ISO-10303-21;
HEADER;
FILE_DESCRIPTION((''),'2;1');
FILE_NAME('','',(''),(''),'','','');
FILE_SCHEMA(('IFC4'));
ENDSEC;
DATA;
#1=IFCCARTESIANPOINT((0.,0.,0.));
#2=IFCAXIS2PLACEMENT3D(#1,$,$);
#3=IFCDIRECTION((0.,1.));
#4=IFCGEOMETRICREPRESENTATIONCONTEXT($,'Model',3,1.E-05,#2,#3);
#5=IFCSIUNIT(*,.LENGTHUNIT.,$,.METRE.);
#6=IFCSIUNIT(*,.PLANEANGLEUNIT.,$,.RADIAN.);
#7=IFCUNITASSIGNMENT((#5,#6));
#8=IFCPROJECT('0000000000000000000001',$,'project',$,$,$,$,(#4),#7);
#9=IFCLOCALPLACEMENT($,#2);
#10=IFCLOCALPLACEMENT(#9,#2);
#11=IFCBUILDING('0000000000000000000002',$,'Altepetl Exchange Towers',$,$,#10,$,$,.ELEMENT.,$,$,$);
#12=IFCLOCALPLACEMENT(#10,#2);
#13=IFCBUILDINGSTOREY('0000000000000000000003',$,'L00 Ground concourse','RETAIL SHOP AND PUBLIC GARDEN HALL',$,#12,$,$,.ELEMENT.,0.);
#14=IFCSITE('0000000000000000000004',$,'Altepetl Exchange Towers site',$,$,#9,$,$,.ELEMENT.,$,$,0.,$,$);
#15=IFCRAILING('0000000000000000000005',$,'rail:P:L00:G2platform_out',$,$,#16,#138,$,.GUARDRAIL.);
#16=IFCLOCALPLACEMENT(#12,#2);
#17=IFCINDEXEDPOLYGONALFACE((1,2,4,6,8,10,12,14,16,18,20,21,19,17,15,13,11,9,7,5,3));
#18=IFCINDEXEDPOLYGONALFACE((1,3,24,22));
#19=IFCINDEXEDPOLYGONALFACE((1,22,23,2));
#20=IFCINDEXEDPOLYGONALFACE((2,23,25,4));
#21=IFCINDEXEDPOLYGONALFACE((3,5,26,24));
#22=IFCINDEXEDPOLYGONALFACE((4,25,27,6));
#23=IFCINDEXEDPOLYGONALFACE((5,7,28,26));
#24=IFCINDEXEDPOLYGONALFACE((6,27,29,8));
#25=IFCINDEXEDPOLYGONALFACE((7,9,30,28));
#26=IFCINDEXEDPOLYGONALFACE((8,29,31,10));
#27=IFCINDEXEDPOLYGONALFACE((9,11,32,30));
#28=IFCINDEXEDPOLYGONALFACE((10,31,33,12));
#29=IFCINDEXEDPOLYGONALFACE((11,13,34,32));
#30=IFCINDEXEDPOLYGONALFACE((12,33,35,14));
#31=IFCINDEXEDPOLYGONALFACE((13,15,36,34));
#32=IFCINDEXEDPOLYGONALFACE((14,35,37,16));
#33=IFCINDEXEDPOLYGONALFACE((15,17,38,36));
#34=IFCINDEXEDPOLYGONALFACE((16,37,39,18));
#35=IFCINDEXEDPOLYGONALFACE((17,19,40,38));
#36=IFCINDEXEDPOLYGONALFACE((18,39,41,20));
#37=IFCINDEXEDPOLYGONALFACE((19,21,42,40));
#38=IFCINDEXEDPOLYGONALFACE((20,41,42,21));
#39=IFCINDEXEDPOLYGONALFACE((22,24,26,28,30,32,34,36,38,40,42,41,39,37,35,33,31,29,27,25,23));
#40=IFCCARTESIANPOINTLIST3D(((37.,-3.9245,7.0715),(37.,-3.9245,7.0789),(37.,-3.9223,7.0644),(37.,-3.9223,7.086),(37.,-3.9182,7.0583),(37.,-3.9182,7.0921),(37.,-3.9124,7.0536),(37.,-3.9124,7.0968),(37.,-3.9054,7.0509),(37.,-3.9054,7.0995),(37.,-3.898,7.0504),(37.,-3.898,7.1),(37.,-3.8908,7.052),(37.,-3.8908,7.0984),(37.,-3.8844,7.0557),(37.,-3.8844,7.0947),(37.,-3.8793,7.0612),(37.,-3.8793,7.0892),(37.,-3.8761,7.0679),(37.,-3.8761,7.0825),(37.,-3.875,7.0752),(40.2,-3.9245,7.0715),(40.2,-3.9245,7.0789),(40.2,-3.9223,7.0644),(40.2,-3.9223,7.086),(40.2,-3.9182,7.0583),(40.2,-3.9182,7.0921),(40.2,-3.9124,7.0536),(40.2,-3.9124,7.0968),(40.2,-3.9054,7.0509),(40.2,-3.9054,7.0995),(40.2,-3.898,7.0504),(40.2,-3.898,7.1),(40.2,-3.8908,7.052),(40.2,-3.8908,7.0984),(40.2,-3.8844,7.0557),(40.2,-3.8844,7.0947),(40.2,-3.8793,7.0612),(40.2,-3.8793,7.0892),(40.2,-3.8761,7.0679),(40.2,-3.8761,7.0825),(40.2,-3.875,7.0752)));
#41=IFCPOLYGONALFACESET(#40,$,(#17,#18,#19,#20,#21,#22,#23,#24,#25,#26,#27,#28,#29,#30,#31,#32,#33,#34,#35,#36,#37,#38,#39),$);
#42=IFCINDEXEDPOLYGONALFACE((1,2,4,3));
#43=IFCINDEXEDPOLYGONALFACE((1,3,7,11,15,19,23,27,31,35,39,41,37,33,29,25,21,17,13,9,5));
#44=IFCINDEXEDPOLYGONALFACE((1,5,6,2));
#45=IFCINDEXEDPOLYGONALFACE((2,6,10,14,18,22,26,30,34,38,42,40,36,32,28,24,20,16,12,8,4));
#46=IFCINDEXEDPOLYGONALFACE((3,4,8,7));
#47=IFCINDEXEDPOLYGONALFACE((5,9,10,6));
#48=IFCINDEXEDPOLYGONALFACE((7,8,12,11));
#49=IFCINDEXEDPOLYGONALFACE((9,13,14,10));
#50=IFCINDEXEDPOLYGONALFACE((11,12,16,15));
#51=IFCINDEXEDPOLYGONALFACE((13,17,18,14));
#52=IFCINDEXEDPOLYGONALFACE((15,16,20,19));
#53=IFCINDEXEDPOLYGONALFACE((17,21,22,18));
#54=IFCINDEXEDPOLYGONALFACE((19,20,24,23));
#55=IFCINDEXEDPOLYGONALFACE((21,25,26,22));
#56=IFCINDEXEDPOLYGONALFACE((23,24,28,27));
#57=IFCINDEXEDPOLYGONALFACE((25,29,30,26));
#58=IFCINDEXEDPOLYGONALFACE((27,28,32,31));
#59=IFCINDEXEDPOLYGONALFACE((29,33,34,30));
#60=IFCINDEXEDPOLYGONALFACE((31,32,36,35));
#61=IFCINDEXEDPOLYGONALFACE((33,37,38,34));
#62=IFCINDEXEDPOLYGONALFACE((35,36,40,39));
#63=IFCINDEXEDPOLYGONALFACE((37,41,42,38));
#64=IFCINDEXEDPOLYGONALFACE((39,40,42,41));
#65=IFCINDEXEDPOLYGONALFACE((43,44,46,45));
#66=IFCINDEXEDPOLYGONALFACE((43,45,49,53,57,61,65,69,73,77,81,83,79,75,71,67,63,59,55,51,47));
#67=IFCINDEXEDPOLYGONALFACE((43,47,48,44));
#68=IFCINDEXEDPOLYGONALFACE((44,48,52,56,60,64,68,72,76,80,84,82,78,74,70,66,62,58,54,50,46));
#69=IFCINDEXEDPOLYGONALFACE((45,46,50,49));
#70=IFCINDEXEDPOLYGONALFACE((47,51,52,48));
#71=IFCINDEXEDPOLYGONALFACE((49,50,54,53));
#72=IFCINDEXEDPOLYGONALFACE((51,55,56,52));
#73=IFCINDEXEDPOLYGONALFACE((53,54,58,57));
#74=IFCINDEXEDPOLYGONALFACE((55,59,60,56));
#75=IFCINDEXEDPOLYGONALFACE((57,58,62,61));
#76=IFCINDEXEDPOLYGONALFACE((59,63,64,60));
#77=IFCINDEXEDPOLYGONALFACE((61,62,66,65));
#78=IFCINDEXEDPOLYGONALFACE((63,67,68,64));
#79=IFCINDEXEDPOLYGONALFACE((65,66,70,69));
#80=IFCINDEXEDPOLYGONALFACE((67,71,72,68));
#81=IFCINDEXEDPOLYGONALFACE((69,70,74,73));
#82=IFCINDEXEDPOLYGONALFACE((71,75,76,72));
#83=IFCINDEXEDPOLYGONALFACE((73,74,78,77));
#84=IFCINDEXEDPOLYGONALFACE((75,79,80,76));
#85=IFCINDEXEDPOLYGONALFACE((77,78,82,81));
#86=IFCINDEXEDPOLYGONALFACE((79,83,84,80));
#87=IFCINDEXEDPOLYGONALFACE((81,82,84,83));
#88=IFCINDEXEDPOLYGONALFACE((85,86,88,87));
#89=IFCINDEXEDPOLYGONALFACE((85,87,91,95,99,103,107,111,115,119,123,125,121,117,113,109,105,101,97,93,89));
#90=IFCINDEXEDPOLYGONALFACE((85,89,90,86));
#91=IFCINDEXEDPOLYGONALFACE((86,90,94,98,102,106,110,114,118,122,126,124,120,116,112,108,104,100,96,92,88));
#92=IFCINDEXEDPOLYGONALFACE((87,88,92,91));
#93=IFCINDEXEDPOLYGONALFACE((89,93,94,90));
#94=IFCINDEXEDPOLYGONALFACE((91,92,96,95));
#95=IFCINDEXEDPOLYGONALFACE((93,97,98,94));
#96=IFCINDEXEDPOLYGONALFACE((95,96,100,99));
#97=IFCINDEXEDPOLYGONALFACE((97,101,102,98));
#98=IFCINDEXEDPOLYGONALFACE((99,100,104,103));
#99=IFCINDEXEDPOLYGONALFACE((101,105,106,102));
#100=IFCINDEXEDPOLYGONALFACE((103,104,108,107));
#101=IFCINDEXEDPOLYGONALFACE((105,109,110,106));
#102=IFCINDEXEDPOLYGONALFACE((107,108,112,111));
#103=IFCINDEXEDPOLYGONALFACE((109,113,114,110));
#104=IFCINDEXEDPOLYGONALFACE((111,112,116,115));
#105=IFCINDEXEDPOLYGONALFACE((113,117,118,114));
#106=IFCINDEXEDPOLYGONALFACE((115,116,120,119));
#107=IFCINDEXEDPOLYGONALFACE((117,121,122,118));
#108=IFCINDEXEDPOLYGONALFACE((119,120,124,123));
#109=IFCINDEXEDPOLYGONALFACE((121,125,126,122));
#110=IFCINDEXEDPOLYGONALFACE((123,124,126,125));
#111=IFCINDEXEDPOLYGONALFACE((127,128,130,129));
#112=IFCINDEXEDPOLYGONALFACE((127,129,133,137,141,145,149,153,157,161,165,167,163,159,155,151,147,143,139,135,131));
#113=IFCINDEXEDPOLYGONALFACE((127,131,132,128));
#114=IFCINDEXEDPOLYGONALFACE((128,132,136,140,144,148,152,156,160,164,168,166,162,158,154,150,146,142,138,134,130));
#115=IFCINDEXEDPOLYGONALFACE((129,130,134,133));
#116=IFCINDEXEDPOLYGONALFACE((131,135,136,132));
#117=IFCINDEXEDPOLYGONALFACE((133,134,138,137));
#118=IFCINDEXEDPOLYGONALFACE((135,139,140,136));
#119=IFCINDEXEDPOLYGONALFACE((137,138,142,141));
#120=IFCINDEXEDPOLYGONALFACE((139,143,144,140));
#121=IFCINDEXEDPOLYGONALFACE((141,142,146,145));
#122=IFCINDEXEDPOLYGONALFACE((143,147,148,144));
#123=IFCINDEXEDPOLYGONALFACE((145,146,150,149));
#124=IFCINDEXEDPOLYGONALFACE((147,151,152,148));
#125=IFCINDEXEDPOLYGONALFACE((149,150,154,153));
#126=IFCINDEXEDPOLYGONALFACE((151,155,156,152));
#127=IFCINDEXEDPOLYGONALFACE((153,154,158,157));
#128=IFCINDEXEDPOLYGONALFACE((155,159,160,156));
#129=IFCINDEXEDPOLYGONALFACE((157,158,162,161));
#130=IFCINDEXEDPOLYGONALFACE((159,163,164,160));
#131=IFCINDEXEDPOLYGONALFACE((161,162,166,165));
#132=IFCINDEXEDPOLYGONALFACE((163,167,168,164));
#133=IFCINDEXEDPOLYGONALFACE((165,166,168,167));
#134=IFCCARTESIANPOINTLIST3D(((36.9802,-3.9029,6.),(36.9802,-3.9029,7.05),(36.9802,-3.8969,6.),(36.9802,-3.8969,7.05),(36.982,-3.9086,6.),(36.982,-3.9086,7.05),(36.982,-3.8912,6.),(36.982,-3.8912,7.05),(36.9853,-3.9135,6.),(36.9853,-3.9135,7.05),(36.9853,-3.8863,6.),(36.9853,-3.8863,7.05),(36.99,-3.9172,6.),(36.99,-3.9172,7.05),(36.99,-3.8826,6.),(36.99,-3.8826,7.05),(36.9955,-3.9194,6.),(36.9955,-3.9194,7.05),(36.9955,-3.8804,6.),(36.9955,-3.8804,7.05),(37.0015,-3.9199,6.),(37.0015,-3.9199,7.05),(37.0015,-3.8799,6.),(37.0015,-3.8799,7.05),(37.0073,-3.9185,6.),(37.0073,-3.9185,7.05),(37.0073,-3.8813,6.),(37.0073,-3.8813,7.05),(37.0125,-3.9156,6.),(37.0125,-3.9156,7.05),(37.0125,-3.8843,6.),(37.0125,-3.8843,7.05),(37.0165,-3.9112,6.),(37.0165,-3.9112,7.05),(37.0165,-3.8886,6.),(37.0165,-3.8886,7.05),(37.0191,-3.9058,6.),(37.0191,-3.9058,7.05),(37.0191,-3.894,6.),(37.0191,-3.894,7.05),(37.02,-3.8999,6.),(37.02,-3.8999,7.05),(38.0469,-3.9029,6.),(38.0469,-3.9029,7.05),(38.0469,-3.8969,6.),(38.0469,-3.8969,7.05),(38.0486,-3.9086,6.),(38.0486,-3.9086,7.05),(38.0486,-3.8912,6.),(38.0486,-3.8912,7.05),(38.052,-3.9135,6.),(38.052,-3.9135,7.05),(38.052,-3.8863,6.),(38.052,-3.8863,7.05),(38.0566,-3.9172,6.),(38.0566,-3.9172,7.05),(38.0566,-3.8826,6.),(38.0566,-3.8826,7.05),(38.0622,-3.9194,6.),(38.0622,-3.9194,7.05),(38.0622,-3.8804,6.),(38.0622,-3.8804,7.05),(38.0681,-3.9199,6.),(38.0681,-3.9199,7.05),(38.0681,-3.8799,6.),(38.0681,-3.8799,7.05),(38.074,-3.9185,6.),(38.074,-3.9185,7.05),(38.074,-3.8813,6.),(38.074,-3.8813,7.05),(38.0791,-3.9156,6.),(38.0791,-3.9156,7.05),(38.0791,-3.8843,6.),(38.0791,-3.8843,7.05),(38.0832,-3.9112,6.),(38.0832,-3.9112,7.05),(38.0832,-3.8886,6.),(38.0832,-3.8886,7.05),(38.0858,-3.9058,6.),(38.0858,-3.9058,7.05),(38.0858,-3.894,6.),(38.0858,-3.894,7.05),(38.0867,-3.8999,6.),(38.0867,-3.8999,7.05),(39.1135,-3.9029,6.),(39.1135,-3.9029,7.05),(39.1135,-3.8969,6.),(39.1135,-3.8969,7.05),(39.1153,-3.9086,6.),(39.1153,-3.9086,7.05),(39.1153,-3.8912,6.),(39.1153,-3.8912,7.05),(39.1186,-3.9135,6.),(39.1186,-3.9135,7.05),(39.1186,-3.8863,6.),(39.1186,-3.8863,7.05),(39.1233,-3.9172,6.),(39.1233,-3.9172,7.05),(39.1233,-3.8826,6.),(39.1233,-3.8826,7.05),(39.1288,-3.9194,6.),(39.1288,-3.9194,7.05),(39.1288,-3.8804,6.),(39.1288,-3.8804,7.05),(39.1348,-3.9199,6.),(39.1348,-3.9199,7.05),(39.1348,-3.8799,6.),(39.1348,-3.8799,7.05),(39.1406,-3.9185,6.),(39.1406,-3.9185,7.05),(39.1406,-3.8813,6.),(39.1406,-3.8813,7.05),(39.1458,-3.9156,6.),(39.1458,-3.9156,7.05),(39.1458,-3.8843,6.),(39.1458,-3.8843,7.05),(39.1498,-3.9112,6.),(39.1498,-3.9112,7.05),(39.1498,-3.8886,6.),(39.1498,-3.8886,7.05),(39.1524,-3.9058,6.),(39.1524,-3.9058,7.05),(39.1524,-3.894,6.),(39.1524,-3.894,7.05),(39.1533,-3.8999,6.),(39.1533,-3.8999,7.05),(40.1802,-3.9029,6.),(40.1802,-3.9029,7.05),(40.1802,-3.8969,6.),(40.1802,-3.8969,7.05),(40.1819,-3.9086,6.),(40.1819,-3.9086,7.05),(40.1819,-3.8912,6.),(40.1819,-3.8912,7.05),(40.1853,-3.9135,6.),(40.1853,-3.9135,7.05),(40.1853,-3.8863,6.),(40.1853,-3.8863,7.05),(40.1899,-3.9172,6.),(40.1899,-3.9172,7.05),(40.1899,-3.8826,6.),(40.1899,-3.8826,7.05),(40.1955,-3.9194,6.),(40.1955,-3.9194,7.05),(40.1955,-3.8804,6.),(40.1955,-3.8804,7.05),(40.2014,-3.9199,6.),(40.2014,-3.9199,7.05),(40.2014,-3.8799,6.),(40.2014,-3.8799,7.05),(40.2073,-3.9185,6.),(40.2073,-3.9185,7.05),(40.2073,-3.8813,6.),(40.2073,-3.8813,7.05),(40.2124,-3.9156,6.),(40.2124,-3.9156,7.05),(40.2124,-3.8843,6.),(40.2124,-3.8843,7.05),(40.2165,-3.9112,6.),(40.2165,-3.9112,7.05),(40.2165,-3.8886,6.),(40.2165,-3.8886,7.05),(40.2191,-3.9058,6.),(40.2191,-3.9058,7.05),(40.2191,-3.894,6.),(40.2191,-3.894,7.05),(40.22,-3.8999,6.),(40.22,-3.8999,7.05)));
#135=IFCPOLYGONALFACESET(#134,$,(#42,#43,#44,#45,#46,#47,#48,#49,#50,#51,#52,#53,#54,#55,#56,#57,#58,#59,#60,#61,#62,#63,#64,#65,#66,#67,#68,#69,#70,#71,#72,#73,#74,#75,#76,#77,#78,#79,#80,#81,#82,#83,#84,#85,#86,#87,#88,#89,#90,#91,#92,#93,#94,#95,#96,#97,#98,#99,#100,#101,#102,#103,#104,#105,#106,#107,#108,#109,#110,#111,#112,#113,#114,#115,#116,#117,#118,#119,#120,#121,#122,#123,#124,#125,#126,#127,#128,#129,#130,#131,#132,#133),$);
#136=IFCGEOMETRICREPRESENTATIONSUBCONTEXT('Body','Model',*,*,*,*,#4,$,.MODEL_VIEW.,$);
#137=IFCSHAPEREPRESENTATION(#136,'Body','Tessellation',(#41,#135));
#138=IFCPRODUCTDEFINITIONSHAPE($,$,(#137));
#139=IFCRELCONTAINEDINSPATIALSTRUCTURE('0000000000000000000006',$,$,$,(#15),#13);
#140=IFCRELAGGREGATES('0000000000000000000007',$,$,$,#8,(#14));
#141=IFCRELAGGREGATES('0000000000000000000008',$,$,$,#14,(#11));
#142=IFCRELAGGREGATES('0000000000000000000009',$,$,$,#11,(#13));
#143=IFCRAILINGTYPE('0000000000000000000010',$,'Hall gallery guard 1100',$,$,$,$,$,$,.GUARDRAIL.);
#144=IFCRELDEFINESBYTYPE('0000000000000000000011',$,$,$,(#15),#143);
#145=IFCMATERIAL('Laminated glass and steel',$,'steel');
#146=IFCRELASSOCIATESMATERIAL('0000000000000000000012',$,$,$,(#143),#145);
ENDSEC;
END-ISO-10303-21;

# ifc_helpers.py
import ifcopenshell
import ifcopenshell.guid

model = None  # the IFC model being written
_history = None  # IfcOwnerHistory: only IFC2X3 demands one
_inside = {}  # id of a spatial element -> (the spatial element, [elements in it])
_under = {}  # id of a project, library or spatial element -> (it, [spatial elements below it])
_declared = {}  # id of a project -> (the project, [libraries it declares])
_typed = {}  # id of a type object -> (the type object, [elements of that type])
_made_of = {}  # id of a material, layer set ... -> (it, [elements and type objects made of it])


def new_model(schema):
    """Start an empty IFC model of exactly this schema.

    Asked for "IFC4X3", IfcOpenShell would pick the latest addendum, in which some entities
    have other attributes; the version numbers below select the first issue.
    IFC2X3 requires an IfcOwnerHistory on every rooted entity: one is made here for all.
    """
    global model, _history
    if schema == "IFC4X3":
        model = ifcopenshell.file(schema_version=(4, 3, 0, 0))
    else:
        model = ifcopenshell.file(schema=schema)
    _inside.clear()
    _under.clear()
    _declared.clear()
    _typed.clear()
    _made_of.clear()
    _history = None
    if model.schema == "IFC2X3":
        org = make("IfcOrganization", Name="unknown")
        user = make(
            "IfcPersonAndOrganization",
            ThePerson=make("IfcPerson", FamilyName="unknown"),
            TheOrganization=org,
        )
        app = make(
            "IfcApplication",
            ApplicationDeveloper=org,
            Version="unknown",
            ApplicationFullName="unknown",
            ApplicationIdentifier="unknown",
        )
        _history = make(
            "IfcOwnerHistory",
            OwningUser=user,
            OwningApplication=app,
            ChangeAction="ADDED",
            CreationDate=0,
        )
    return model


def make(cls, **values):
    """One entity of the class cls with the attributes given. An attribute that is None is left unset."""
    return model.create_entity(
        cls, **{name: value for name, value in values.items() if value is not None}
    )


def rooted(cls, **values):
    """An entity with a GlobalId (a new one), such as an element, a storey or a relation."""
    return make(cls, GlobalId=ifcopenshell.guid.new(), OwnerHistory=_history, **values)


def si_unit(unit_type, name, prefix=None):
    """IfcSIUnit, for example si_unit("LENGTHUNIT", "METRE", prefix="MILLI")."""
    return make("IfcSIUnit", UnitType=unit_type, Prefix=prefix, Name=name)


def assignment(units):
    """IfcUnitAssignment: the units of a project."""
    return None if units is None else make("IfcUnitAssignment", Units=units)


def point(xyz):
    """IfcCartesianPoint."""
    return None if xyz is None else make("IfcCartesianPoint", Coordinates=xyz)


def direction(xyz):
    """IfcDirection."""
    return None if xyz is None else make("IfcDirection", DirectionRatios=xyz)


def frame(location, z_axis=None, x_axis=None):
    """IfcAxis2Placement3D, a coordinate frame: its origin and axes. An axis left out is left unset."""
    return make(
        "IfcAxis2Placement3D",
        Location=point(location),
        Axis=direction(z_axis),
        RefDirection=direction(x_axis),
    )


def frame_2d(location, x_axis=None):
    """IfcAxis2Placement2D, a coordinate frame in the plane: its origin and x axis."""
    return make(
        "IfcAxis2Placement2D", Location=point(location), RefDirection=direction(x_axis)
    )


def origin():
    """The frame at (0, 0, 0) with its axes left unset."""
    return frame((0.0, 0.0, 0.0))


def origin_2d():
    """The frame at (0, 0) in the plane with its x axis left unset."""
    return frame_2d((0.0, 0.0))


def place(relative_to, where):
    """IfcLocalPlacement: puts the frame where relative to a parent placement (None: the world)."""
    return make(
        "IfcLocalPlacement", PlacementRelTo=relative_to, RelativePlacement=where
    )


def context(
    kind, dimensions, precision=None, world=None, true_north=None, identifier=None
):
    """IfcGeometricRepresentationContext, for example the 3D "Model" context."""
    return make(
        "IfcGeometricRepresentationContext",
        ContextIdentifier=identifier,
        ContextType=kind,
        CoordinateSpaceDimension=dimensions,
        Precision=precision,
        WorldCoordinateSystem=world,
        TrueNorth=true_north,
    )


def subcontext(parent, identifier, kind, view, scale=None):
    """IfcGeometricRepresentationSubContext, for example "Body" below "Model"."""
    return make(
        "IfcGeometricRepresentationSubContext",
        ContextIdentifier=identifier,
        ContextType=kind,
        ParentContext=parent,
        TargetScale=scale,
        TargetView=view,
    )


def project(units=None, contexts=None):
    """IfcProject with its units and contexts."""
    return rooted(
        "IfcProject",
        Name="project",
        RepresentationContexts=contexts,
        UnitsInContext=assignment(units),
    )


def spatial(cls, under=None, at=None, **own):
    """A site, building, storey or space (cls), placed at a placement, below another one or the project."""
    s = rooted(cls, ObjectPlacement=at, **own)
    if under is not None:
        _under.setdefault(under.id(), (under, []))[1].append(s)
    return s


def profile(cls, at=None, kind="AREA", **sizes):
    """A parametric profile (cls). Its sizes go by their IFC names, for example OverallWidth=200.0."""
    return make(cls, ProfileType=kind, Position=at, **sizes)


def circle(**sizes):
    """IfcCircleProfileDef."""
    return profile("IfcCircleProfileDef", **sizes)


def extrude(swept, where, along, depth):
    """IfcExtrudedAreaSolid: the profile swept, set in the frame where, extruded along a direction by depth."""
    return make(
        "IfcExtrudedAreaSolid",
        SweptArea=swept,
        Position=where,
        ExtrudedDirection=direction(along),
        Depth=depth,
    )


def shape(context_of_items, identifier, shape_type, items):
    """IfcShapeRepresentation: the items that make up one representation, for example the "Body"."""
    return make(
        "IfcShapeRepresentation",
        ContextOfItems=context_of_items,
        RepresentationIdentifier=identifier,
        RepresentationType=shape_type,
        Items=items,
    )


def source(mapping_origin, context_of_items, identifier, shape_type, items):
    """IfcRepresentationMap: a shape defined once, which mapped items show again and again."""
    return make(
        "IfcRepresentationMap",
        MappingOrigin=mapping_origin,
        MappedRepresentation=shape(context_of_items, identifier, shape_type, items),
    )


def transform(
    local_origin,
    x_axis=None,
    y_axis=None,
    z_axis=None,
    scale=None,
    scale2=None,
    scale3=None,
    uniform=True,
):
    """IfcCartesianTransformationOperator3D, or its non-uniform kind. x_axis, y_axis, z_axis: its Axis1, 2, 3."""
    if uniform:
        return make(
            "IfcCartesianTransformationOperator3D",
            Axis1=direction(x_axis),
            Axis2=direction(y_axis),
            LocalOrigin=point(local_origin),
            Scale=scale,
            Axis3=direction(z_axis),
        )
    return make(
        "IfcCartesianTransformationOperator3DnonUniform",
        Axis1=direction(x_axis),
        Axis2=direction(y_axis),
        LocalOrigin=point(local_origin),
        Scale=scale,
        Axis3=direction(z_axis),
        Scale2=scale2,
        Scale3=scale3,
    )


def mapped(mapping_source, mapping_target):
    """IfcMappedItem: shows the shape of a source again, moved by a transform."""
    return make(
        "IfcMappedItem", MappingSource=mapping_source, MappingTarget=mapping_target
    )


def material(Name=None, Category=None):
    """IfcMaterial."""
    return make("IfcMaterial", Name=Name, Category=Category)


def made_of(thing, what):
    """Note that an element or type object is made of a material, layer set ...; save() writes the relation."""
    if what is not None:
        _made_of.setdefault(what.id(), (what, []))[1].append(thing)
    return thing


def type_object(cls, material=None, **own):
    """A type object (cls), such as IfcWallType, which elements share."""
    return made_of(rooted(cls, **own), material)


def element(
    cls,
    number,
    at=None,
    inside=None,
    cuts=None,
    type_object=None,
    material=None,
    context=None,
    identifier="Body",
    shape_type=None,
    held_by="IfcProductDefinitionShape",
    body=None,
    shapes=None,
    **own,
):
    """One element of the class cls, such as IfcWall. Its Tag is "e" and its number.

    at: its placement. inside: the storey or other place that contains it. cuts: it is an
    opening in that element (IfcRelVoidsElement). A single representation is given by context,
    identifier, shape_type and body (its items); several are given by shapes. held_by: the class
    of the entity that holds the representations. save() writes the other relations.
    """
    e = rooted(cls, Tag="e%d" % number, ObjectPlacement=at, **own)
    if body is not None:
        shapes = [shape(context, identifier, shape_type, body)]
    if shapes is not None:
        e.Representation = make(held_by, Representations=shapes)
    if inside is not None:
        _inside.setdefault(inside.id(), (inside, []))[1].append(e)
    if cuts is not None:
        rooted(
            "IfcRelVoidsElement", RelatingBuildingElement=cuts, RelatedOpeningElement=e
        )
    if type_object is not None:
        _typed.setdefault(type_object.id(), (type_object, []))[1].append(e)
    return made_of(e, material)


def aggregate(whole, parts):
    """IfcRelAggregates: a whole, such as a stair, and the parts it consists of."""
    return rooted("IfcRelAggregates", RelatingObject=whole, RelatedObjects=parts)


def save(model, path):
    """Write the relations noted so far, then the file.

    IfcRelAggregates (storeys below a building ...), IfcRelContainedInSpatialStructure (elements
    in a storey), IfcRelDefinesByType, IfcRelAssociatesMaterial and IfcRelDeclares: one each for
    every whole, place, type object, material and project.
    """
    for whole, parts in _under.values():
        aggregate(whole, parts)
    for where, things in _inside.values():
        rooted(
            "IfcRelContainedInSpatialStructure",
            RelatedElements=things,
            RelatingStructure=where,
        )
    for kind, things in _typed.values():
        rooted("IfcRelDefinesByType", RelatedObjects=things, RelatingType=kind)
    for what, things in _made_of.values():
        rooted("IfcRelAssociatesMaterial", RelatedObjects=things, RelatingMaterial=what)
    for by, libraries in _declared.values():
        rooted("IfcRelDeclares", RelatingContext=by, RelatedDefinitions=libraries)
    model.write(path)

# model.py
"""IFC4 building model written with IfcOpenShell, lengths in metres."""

from ifc_helpers import new_model, si_unit, direction, frame, origin, origin_2d, place, context, subcontext, project, spatial, circle, extrude, source, transform, mapped, material, type_object, element, save


model = new_model("IFC4")

# Units and contexts
model_context = context("Model", 3, precision=1e-05, world=origin(), true_north=direction((0.0, 1.0)))
body_context = subcontext(model_context, "Body", "Model", "MODEL_VIEW")
ifc_project = project(units=[si_unit("LENGTHUNIT", "METRE"), si_unit("PLANEANGLEUNIT", "RADIAN")], contexts=[model_context])

# Site, building, storey
site_placement = place(None, origin())
site = spatial("IfcSite", under=ifc_project, at=site_placement, Name="Altepetl Exchange Towers site", CompositionType="ELEMENT", RefElevation=0.0)
building_placement = place(site_placement, origin())
building = spatial("IfcBuilding", under=site, at=building_placement, Name="Altepetl Exchange Towers", CompositionType="ELEMENT")
storey_placement = place(building_placement, origin())
storey = spatial("IfcBuildingStorey", under=building, at=storey_placement, Name="L00 Ground concourse", Description="RETAIL SHOP AND PUBLIC GARDEN HALL", CompositionType="ELEMENT", Elevation=0.0)

# Railing
ifc_material_1 = material(Name="Laminated glass and steel", Category="steel")
railing_type = type_object("IfcRailingType", Name="Hall gallery guard 1100", PredefinedType="GUARDRAIL", material=ifc_material_1)
shared_shape = source(origin(), body_context, "Body", "SweptSolid", [
    extrude(circle(Radius=0.02, at=origin_2d()), origin(), (0.0, 0.0, 1.0), 1.05),
])
railing_1_placement = place(storey_placement, frame((37.0, -3.8999, 6.0)))
element("IfcRailing", 1, at=railing_1_placement, inside=storey, type_object=railing_type, Name="rail:P:L00:G2platform_out", PredefinedType="GUARDRAIL", context=body_context, shape_type="SweptSolid", body=[
    extrude(circle(Radius=0.0249, at=origin_2d()), frame((0.0, 0.0, 1.0752), z_axis=(1.0, 0.0, 0.0), x_axis=(0.0, 1.0, 0.0)), (0.0, 0.0, 1.0), 3.2),
    mapped(shared_shape, transform((0.0, 0.0, 0.0))),
    mapped(shared_shape, transform((1.0667, 0.0, 0.0))),
    mapped(shared_shape, transform((2.1333, 0.0, 0.0))),
    mapped(shared_shape, transform((3.2, 0.0, 0.0))),
])

save(model, "model.ifc")
